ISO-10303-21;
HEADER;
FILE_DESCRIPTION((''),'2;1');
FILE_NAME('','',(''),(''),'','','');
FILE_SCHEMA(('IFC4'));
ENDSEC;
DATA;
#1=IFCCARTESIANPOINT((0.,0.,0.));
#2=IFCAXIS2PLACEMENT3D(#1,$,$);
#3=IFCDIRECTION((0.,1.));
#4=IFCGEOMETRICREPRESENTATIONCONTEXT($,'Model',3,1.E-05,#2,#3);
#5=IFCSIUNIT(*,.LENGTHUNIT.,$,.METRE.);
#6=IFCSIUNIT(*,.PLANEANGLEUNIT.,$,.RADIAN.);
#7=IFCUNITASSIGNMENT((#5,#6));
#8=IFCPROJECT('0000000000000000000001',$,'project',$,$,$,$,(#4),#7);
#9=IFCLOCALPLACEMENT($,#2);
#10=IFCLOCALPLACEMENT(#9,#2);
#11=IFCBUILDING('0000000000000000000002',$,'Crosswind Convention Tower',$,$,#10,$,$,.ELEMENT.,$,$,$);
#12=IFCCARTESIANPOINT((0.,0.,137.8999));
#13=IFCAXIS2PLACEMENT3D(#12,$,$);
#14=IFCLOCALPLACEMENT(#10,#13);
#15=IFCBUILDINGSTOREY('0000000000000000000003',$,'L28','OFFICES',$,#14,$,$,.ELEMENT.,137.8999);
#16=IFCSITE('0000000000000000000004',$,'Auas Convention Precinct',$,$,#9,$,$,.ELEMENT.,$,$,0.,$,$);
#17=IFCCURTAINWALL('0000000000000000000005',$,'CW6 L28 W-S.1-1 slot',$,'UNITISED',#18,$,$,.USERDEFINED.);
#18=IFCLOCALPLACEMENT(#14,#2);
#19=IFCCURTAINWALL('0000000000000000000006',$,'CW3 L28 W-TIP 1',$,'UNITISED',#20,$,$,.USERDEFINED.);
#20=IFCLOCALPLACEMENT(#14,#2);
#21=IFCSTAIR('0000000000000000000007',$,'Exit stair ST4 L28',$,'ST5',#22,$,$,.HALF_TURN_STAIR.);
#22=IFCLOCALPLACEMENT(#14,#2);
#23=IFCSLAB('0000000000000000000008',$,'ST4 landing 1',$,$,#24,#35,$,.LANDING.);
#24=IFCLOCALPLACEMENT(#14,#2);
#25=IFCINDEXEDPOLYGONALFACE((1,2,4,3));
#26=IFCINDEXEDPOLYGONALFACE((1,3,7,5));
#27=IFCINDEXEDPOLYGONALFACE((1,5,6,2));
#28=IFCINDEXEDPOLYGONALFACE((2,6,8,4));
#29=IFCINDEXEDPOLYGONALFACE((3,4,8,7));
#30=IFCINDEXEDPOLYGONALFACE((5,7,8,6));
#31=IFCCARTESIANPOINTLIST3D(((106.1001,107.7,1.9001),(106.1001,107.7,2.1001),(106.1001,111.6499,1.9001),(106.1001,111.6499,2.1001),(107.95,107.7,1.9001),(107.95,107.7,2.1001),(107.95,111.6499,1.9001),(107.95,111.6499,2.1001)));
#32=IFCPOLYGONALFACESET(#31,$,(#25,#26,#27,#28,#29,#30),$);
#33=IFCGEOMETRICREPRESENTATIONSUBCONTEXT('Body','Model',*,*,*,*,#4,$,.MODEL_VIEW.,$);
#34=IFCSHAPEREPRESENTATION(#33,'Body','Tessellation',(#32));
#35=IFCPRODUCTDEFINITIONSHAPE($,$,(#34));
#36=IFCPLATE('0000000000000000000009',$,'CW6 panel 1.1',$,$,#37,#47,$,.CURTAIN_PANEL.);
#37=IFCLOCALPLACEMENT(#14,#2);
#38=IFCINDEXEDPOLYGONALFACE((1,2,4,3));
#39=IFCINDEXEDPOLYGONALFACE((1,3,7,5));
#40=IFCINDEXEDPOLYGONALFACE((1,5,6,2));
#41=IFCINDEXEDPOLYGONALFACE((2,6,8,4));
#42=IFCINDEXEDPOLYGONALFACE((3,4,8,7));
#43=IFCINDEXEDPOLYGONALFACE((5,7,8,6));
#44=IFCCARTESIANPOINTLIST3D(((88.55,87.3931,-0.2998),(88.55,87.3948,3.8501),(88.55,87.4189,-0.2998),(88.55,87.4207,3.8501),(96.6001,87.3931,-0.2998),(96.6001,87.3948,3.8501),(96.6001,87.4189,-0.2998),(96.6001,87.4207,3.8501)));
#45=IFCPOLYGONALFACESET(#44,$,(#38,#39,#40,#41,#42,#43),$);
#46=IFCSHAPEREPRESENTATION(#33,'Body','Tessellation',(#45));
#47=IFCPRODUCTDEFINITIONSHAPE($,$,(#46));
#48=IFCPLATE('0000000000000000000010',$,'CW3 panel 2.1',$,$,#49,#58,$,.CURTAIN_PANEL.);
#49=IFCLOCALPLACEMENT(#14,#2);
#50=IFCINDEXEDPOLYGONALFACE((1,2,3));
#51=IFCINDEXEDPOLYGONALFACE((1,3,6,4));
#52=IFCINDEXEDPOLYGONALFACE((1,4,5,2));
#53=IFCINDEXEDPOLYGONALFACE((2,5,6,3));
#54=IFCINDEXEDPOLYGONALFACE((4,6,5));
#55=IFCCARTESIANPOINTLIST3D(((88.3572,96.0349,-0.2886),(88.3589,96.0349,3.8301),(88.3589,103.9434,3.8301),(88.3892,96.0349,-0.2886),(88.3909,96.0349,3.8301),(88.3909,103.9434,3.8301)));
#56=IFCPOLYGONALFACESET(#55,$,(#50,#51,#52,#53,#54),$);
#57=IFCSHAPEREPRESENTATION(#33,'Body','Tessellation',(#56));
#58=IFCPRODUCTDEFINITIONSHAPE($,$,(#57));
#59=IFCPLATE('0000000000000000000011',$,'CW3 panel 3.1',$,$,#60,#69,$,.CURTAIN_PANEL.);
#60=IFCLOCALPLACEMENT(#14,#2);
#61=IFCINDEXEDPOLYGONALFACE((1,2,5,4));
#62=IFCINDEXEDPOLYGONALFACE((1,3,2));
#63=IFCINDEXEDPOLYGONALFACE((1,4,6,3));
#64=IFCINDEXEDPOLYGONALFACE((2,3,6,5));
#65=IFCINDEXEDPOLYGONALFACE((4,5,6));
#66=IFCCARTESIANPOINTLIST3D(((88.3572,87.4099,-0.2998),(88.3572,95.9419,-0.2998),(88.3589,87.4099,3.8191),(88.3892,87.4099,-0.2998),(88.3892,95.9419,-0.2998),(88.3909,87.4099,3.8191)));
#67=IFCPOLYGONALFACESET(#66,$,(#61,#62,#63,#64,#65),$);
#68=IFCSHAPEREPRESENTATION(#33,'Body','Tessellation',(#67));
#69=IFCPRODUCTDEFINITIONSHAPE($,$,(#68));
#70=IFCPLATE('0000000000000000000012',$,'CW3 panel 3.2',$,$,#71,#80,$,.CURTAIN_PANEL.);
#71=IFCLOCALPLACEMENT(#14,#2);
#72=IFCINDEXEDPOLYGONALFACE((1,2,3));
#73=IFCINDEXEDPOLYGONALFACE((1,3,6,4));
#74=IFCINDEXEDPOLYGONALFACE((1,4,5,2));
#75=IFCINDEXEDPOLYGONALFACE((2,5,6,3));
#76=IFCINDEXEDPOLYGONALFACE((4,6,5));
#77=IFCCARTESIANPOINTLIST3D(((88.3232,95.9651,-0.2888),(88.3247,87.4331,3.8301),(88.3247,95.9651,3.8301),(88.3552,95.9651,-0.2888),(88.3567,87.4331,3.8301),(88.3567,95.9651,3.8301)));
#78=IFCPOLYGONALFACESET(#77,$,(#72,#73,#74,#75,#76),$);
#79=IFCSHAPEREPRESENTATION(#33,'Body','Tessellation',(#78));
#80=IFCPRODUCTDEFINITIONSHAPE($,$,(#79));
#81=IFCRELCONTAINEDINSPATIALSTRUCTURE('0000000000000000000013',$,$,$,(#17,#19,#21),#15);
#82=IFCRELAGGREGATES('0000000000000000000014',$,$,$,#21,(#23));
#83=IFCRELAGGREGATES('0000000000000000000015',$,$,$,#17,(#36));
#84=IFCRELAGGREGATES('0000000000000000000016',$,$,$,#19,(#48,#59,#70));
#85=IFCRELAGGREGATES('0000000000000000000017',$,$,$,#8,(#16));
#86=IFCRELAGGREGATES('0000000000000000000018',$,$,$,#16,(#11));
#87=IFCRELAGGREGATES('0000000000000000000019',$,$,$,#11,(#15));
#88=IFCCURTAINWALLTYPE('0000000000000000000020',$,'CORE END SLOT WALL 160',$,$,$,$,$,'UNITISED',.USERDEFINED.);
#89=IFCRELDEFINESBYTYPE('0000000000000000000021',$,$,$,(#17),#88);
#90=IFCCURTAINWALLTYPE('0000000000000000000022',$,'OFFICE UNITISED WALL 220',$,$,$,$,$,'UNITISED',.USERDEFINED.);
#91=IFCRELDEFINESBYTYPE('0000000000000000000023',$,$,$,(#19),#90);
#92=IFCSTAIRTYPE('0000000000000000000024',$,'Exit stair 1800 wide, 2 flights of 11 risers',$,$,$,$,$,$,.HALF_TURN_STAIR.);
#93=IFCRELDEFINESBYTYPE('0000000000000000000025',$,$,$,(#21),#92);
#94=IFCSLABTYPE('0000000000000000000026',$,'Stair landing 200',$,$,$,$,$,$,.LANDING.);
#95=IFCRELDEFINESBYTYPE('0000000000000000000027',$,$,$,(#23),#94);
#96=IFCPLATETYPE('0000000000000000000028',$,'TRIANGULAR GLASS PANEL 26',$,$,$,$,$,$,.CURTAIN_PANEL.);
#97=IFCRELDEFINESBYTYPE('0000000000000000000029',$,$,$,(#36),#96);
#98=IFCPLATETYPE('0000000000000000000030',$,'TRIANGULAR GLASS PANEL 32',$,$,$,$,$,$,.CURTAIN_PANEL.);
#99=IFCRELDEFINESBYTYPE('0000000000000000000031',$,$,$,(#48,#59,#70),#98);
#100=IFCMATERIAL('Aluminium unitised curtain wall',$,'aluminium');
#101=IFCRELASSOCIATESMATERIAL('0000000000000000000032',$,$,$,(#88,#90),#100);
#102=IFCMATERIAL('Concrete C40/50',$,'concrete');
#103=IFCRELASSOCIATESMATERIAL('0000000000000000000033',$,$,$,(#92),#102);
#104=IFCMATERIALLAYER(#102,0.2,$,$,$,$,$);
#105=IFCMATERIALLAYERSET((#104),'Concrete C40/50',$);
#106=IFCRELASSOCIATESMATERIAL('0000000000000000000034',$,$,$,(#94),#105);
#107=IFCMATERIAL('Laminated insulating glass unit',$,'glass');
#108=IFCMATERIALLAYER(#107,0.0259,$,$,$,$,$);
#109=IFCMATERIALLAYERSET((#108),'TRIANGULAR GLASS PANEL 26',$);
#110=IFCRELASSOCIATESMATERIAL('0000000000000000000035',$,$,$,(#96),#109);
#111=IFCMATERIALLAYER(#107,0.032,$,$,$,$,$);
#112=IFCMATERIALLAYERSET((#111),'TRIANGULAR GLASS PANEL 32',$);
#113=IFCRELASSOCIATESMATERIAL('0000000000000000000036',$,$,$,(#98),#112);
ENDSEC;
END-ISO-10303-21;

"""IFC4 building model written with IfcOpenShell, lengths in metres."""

from ifc_helpers import new_model, si_unit, direction, frame, origin, place, context, subcontext, project, spatial, polyline, outline, extrude, material, layer, layer_set, type_object, element, aggregate, save


model = new_model("IFC4")

# Units and contexts
model_context = context("Model", 3, precision=1e-05, world=origin(), true_north=direction((0.0, 1.0)))
body_context = subcontext(model_context, "Body", "Model", "MODEL_VIEW")
ifc_project = project(units=[si_unit("LENGTHUNIT", "METRE"), si_unit("PLANEANGLEUNIT", "RADIAN")], contexts=[model_context])

# Site, building, storey
site_placement = place(None, origin())
site = spatial("IfcSite", under=ifc_project, at=site_placement, Name="Auas Convention Precinct", CompositionType="ELEMENT", RefElevation=0.0)
building_placement = place(site_placement, origin())
building = spatial("IfcBuilding", under=site, at=building_placement, Name="Crosswind Convention Tower", CompositionType="ELEMENT")
storey_placement = place(building_placement, frame((0.0, 0.0, 137.8999)))
storey = spatial("IfcBuildingStorey", under=building, at=storey_placement, Name="L28", Description="OFFICES", CompositionType="ELEMENT", Elevation=137.8999)

# Curtain wall
ifc_material_1 = material(Name="Aluminium unitised curtain wall", Category="aluminium")
curtain_wall_type_1 = type_object("IfcCurtainWallType", Name="CORE END SLOT WALL 160", ElementType="UNITISED", PredefinedType="USERDEFINED", material=ifc_material_1)
curtain_wall_1_placement = place(storey_placement, origin())
curtain_wall_1 = element("IfcCurtainWall", 1, at=curtain_wall_1_placement, inside=storey, type_object=curtain_wall_type_1, Name="CW6 L28 W-S.1-1 slot", ObjectType="UNITISED", PredefinedType="USERDEFINED")

# Curtain wall
curtain_wall_type_2 = type_object("IfcCurtainWallType", Name="OFFICE UNITISED WALL 220", ElementType="UNITISED", PredefinedType="USERDEFINED", material=ifc_material_1)
curtain_wall_2_placement = place(storey_placement, origin())
curtain_wall_2 = element("IfcCurtainWall", 2, at=curtain_wall_2_placement, inside=storey, type_object=curtain_wall_type_2, Name="CW3 L28 W-TIP 1", ObjectType="UNITISED", PredefinedType="USERDEFINED")

# Shared definitions
ifc_material_2 = material(Name="Concrete C40/50", Category="concrete")

# Stair, slab
stair_type = type_object("IfcStairType", Name="Exit stair 1800 wide, 2 flights of 11 risers", PredefinedType="HALF_TURN_STAIR", material=ifc_material_2)
ifc_layer_1 = layer(ifc_material_2, 0.2)
ifc_layer_set_1 = layer_set([ifc_layer_1], Name="Concrete C40/50")
slab_type_1 = type_object("IfcSlabType", Name="Stair landing 200", PredefinedType="LANDING", material=ifc_layer_set_1)
stair_1_placement = place(storey_placement, origin())
stair_1 = element("IfcStair", 3, at=stair_1_placement, inside=storey, type_object=stair_type, Name="Exit stair ST4 L28", ObjectType="ST5", PredefinedType="HALF_TURN_STAIR")
slab_1_placement = place(storey_placement, frame((0.0, 0.0, 1.9001)))
slab_1 = element("IfcSlab", 4, at=slab_1_placement, type_object=slab_type_1, Name="ST4 landing 1", PredefinedType="LANDING", context=body_context, shape_type="SweptSolid", body=[
    extrude(outline(polyline([(107.95, 107.7), (107.95, 111.6499), (106.1001, 111.6499), (106.1001, 107.7), (107.95, 107.7)])), origin(), (0.0, 0.0, 1.0), 0.2),
])
aggregate(stair_1, [slab_1])

# Plates
ifc_material_3 = material(Name="Laminated insulating glass unit", Category="glass")
ifc_layer_2 = layer(ifc_material_3, 0.0259)
ifc_layer_set_2 = layer_set([ifc_layer_2], Name="TRIANGULAR GLASS PANEL 26")
plate_type_1 = type_object("IfcPlateType", Name="TRIANGULAR GLASS PANEL 26", PredefinedType="CURTAIN_PANEL", material=ifc_layer_set_2)
plate_1_placement = place(storey_placement, frame((88.55, 87.3931, -0.2998), z_axis=(0.0, -1.0, 0.000412), x_axis=(1.0, 0.0, 0.0)))
plate_1 = element("IfcPlate", 5, at=plate_1_placement, type_object=plate_type_1, Name="CW6 panel 1.1", PredefinedType="CURTAIN_PANEL", context=body_context, shape_type="SweptSolid", body=[
    extrude(outline(polyline([(0.0, 0.0), (8.05, 0.0), (8.05, 4.1499), (0.0, 4.1499), (0.0, 0.0)])), origin(), (0.0, 0.0, -1.0), 0.0259),
])
aggregate(curtain_wall_1, [plate_1])
ifc_layer_3 = layer(ifc_material_3, 0.032)
ifc_layer_set_3 = layer_set([ifc_layer_3], Name="TRIANGULAR GLASS PANEL 32")
plate_type_2 = type_object("IfcPlateType", Name="TRIANGULAR GLASS PANEL 32", PredefinedType="CURTAIN_PANEL", material=ifc_layer_set_3)
plate_2_placement = place(storey_placement, frame((88.3589, 96.0349, 3.8301), z_axis=(-1.0, 0.0, 0.000415), x_axis=(0.0, 1.0, 0.0)))
plate_2 = element("IfcPlate", 6, at=plate_2_placement, type_object=plate_type_2, Name="CW3 panel 2.1", PredefinedType="CURTAIN_PANEL", context=body_context, shape_type="SweptSolid", body=[
    extrude(outline(polyline([(0.0, 0.0), (7.9084, 0.0), (0.0, 4.1187), (0.0, 0.0)])), origin(), (0.0, 0.0, -1.0), 0.032),
])
plate_3_placement = place(storey_placement, frame((88.3572, 87.4099, -0.2998), z_axis=(-1.0, 0.0, 0.000415), x_axis=(0.000415, 0.0, 1.0)))
plate_3 = element("IfcPlate", 7, at=plate_3_placement, type_object=plate_type_2, Name="CW3 panel 3.1", PredefinedType="CURTAIN_PANEL", context=body_context, shape_type="SweptSolid", body=[
    extrude(outline(polyline([(0.0, 0.0), (4.1189, 0.0), (0.0, 8.532), (0.0, 0.0)])), origin(), (0.0, 0.0, -1.0), 0.032),
])
plate_4_placement = place(storey_placement, frame((88.3247, 95.9651, 3.8301), z_axis=(-1.0, 0.0, 0.000356), x_axis=(-0.000356, 0.0, -1.0)))
plate_4 = element("IfcPlate", 8, at=plate_4_placement, type_object=plate_type_2, Name="CW3 panel 3.2", PredefinedType="CURTAIN_PANEL", context=body_context, shape_type="SweptSolid", body=[
    extrude(outline(polyline([(0.0, 0.0), (4.1189, 0.0), (0.0, 8.532), (0.0, 0.0)])), origin(), (0.0, 0.0, -1.0), 0.032),
])
aggregate(curtain_wall_2, [plate_2, plate_3, plate_4])

save(model, "model.ifc")
